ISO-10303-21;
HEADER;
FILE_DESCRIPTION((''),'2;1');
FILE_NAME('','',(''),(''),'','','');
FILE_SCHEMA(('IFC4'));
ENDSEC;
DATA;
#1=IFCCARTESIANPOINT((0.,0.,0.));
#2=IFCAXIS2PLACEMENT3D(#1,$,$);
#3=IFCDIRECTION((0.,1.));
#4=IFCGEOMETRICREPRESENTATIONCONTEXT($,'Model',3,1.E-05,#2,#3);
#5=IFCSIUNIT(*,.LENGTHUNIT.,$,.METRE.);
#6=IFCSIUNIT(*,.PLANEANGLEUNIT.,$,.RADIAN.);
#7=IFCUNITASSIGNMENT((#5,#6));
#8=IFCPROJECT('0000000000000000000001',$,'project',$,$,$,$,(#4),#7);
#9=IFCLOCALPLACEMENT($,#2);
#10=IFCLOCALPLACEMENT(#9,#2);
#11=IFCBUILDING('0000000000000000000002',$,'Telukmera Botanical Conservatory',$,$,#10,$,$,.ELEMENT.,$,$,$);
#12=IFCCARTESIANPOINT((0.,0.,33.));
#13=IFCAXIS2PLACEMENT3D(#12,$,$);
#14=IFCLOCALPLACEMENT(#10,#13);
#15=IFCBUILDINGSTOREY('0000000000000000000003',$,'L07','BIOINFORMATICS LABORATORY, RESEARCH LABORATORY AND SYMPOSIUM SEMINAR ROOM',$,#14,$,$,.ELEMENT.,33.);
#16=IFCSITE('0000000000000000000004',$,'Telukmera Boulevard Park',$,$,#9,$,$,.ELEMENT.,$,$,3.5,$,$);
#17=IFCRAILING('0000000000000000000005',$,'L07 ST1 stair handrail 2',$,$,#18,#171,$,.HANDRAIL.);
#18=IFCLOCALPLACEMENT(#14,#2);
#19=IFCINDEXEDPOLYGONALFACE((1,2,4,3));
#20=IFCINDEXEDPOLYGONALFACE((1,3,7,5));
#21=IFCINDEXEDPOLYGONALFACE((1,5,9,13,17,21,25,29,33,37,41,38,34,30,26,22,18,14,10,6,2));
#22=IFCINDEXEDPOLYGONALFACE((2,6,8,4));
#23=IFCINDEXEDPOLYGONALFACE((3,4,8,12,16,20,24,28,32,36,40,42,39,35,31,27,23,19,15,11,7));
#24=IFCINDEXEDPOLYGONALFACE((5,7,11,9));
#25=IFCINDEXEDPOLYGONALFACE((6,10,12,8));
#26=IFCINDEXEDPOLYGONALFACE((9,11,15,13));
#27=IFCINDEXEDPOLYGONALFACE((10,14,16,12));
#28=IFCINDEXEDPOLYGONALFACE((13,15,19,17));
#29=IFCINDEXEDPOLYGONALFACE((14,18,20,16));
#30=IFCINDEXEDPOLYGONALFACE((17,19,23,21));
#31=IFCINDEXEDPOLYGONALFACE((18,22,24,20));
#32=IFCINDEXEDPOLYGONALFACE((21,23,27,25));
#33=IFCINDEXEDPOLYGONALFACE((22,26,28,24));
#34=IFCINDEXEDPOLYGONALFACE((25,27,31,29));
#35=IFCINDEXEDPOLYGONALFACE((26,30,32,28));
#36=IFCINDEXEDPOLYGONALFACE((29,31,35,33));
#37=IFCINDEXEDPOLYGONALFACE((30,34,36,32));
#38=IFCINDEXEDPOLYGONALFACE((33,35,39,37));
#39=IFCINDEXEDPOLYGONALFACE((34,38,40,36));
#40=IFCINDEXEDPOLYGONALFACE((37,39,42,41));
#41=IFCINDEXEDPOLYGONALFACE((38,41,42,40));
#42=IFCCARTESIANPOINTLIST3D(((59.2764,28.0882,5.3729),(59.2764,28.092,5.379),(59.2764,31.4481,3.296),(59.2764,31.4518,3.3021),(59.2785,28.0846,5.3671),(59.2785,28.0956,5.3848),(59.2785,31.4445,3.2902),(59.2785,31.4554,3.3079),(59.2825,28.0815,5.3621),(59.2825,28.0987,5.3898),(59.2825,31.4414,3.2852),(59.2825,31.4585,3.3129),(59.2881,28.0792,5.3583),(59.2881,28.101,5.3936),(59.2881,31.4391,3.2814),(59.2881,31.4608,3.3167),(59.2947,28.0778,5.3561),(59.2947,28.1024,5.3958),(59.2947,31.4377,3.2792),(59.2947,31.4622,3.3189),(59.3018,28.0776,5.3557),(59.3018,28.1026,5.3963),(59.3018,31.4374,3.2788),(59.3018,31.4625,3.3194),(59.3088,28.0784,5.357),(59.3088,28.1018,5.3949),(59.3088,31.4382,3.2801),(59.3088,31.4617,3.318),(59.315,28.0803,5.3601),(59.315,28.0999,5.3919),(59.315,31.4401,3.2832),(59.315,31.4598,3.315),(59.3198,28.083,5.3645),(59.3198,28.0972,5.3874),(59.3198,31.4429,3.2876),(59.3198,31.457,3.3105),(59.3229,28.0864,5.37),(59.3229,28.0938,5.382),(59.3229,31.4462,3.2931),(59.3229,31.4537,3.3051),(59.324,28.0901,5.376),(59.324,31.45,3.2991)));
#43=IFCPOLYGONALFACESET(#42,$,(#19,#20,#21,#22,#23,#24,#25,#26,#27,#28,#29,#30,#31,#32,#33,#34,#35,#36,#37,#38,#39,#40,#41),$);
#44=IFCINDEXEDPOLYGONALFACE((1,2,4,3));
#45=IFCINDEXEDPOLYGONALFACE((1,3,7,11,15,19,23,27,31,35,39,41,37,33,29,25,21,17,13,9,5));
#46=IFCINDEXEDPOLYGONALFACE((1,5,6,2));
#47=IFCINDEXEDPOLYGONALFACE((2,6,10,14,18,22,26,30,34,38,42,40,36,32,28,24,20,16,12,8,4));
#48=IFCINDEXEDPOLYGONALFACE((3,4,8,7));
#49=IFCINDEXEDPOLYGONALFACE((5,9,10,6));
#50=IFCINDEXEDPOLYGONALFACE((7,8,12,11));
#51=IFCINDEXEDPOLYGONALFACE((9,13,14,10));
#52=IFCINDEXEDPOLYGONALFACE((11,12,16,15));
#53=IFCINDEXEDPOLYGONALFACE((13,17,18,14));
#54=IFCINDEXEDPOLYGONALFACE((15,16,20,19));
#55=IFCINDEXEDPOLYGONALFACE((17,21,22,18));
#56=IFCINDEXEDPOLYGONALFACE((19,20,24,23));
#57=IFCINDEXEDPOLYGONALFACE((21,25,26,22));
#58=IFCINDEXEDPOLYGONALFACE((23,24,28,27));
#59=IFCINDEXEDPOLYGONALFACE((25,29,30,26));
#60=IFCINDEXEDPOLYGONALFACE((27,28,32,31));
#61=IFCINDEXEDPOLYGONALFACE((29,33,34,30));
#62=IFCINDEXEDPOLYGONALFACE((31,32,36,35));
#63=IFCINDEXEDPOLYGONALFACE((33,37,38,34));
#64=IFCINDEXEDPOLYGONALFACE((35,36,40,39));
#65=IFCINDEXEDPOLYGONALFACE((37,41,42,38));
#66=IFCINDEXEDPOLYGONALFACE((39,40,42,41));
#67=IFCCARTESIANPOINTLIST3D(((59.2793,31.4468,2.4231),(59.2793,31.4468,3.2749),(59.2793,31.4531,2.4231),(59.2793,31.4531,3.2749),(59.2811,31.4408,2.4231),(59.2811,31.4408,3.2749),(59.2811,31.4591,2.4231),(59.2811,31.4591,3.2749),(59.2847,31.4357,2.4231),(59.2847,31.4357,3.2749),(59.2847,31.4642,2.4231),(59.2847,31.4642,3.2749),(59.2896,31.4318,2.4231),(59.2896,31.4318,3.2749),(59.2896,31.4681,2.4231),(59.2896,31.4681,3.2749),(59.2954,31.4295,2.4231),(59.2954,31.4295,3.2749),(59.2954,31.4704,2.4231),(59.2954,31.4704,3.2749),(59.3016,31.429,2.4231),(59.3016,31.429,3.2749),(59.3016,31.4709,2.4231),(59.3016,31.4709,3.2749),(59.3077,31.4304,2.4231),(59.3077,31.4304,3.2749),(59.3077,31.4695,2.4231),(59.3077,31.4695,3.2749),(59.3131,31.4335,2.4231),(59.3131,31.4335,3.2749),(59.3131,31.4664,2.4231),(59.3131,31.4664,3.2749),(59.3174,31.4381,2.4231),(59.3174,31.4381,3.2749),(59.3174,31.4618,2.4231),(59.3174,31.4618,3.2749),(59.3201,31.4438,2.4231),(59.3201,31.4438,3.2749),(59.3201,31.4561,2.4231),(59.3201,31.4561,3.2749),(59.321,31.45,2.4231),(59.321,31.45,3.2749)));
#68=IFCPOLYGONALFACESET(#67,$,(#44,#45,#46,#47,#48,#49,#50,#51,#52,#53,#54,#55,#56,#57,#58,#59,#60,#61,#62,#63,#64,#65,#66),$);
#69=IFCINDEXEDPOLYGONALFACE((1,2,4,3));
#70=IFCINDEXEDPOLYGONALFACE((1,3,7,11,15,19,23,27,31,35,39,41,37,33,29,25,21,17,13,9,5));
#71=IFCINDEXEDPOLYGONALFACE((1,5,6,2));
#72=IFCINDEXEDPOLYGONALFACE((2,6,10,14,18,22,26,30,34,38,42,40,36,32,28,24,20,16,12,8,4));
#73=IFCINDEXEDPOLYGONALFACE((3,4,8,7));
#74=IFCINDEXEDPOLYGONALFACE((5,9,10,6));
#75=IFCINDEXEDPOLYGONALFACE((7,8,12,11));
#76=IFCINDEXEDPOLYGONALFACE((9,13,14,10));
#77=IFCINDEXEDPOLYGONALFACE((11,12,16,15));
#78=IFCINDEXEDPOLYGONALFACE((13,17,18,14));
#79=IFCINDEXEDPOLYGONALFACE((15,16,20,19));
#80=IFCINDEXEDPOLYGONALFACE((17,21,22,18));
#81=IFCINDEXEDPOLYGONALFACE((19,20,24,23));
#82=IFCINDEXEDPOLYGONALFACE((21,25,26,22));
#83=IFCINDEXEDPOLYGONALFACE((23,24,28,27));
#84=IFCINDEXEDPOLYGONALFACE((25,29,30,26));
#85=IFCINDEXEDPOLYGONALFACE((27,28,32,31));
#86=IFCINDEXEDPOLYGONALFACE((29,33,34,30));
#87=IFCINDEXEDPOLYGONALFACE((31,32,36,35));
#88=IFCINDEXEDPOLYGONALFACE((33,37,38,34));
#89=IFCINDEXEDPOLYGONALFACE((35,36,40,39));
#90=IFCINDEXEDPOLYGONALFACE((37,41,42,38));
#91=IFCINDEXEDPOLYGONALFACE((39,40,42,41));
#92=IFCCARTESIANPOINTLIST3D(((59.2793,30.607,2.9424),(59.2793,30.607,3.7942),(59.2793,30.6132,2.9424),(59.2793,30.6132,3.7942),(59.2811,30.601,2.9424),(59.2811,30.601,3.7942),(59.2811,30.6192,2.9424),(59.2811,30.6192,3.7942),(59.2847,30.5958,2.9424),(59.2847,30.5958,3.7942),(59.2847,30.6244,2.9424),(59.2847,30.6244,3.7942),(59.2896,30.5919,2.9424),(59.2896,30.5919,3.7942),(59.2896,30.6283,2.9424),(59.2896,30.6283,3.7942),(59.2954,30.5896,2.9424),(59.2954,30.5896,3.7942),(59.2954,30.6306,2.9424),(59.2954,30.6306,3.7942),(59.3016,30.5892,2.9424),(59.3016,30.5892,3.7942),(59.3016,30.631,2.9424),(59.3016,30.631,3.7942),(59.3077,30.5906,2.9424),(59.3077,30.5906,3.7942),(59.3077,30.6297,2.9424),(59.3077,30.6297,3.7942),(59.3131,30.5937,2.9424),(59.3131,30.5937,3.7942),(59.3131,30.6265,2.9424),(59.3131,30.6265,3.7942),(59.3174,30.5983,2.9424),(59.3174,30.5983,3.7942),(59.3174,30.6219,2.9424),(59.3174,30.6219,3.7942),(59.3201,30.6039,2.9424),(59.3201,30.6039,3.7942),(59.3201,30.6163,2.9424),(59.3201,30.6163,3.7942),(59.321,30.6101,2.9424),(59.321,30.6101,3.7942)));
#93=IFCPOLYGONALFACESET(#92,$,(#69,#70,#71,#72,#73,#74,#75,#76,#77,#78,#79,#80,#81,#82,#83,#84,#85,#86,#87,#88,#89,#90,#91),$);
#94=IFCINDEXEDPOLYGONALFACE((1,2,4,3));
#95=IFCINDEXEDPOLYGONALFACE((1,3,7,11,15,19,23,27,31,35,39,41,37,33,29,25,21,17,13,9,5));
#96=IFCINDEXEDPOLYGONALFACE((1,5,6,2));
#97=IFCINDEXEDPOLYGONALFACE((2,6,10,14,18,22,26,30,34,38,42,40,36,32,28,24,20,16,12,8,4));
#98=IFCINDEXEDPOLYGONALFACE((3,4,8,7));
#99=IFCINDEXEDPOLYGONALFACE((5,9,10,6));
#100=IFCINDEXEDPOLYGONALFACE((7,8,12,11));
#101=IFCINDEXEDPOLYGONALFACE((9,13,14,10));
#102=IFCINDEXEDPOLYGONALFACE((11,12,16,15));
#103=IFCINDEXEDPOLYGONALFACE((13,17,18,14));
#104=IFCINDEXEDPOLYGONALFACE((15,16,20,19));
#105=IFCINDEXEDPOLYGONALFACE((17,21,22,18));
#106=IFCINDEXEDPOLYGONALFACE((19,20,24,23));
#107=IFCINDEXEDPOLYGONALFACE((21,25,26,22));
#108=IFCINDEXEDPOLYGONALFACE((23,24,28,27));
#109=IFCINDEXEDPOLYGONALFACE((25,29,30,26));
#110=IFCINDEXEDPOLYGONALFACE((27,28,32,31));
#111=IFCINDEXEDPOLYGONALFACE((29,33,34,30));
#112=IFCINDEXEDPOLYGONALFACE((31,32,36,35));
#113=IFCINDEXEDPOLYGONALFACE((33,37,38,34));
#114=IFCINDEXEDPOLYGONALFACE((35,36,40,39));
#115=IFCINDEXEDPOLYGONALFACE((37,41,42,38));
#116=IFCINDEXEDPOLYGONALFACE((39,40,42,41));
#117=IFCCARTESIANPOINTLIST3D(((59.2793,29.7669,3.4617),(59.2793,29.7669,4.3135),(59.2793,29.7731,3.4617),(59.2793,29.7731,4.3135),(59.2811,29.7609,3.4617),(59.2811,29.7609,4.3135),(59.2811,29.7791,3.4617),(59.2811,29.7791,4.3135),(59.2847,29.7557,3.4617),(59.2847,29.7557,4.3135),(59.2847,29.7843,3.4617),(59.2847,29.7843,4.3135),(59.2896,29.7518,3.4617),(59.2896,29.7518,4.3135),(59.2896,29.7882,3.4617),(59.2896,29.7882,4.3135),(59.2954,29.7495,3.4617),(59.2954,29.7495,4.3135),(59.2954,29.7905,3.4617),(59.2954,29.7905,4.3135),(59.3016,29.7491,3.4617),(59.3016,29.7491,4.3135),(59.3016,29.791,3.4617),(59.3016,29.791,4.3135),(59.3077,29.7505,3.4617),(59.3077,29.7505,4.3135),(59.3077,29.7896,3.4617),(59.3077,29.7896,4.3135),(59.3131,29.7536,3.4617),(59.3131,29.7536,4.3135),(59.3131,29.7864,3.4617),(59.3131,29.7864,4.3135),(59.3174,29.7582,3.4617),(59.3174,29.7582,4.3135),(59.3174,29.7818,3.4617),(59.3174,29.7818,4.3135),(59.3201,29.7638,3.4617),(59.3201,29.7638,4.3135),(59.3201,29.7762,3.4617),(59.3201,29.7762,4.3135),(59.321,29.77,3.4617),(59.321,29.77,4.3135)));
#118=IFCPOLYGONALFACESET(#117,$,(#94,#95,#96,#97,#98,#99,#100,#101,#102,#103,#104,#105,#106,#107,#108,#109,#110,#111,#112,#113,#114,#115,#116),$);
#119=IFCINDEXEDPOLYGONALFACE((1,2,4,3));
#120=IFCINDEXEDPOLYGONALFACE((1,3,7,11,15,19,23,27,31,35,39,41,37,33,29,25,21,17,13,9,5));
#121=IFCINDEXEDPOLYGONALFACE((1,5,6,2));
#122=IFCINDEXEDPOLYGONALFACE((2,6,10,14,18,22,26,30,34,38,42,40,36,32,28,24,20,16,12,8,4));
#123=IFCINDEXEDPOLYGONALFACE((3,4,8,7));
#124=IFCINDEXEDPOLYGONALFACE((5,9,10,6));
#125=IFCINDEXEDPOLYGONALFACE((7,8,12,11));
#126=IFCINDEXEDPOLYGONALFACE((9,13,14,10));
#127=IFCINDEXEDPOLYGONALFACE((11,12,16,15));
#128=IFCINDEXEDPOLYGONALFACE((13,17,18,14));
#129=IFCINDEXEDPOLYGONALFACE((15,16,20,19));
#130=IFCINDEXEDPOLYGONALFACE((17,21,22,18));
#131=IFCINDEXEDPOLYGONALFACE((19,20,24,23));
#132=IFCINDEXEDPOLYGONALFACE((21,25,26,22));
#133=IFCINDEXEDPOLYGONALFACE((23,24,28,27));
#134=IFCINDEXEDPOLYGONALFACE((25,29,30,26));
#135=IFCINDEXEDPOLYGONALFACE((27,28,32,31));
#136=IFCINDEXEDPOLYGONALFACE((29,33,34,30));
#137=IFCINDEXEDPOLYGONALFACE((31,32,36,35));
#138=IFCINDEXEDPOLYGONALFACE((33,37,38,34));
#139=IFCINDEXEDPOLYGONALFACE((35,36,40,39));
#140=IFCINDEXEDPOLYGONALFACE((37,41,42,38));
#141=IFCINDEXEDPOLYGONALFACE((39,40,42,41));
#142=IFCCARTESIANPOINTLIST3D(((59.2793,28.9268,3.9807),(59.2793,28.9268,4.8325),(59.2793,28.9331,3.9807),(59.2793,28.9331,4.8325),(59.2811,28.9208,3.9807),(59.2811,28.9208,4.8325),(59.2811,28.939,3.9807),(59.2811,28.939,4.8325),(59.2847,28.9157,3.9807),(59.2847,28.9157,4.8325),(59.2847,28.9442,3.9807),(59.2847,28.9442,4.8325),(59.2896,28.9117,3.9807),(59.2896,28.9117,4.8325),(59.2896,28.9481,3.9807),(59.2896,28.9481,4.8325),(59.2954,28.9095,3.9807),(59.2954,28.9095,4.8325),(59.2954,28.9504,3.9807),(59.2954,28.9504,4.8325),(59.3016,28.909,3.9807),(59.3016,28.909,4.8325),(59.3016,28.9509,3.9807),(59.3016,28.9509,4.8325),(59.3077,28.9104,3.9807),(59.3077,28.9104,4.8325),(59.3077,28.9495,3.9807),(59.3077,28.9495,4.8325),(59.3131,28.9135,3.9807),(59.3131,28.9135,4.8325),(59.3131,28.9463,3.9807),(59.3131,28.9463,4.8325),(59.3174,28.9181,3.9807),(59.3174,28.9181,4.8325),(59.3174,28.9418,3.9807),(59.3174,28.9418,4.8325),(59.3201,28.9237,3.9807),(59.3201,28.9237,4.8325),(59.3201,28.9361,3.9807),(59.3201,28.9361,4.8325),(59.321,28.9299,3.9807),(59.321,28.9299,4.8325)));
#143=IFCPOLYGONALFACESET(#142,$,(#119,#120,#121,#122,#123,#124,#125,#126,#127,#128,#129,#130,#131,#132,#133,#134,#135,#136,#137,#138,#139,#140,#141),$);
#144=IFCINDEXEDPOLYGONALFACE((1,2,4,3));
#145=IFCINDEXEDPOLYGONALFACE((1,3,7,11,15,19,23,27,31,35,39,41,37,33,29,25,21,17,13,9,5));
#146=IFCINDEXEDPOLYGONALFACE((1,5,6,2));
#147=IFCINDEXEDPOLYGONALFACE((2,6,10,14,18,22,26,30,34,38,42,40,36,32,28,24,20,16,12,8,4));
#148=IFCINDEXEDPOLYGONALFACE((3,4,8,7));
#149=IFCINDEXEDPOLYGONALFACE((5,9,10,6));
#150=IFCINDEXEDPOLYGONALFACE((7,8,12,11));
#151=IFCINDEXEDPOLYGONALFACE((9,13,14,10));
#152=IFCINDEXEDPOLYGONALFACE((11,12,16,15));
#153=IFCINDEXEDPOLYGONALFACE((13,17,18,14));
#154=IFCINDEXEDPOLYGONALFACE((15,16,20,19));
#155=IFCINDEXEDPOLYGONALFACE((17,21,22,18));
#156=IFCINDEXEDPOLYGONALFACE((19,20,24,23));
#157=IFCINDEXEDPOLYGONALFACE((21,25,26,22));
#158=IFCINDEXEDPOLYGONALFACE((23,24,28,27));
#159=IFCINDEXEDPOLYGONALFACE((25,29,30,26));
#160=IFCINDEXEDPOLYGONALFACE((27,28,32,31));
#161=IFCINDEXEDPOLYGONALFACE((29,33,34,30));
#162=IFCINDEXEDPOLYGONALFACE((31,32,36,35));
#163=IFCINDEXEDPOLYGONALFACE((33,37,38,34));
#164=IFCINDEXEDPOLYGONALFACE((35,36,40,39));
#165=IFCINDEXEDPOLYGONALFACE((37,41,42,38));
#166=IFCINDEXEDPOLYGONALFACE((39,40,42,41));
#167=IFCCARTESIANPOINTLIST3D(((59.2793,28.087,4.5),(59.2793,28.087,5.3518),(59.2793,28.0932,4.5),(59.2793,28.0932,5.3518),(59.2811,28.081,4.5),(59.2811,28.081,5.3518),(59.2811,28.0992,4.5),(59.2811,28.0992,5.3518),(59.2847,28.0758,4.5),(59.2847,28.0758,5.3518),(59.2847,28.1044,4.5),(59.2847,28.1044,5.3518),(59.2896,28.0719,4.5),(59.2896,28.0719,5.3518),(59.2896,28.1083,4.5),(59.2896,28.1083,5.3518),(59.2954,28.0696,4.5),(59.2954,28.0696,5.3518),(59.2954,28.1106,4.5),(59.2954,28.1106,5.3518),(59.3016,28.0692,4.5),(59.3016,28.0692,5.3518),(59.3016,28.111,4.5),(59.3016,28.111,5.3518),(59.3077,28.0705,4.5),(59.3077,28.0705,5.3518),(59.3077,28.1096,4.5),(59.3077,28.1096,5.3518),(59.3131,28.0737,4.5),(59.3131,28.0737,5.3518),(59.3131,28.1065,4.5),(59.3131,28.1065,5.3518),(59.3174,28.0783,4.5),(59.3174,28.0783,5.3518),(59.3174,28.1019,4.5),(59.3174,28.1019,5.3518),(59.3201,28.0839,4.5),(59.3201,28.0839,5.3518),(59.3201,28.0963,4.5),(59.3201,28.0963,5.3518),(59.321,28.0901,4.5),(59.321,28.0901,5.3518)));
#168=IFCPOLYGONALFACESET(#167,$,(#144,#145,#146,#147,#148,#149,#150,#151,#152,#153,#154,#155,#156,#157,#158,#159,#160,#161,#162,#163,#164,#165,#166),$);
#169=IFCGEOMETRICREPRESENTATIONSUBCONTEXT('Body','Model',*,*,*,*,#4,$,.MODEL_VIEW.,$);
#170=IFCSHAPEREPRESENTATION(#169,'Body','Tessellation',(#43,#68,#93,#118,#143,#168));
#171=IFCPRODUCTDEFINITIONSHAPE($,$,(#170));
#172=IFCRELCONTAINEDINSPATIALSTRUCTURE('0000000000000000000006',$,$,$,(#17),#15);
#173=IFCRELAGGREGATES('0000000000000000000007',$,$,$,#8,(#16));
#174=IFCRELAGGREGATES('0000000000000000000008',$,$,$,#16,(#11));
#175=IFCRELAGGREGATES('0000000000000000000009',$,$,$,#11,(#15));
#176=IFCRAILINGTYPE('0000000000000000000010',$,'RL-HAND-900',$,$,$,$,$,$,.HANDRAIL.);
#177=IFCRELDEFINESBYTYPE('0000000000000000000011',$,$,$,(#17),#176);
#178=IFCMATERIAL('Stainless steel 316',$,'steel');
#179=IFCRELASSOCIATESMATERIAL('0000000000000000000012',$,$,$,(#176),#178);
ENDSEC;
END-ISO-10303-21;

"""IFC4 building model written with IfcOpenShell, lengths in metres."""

from ifc_helpers import new_model, si_unit, direction, frame, origin, origin_2d, place, context, subcontext, project, spatial, circle, extrude, material, type_object, element, save


model = new_model("IFC4")

# Units and contexts
model_context = context("Model", 3, precision=1e-05, world=origin(), true_north=direction((0.0, 1.0)))
body_context = subcontext(model_context, "Body", "Model", "MODEL_VIEW")
ifc_project = project(units=[si_unit("LENGTHUNIT", "METRE"), si_unit("PLANEANGLEUNIT", "RADIAN")], contexts=[model_context])

# Site, building, storey
site_placement = place(None, origin())
site = spatial("IfcSite", under=ifc_project, at=site_placement, Name="Telukmera Boulevard Park", CompositionType="ELEMENT", RefElevation=3.5)
building_placement = place(site_placement, origin())
building = spatial("IfcBuilding", under=site, at=building_placement, Name="Telukmera Botanical Conservatory", CompositionType="ELEMENT")
storey_placement = place(building_placement, frame((0.0, 0.0, 33.0)))
storey = spatial("IfcBuildingStorey", under=building, at=storey_placement, Name="L07", Description="BIOINFORMATICS LABORATORY, RESEARCH LABORATORY AND SYMPOSIUM SEMINAR ROOM", CompositionType="ELEMENT", Elevation=33.0)

# Shared definitions
ifc_material_1 = material(Name="Stainless steel 316", Category="steel")

# Railing
railing_type_1 = type_object("IfcRailingType", Name="RL-HAND-900", PredefinedType="HANDRAIL", material=ifc_material_1)
railing_1_placement = place(storey_placement, frame((59.3, 31.45, 2.4231)))
element("IfcRailing", 1, at=railing_1_placement, inside=storey, type_object=railing_type_1, Name="L07 ST1 stair handrail 2", PredefinedType="HANDRAIL", context=body_context, shape_type="SweptSolid", body=[
    extrude(circle(Radius=0.0239, at=origin_2d()), frame((0.0, 0.0, 0.876), z_axis=(0.0, -0.850606, 0.525803), x_axis=(1.0, 0.0, 0.0)), (0.0, 0.0, 1.0), 3.95),
    extrude(circle(Radius=0.021, at=origin_2d()), origin(), (0.0, 0.0, 1.0), 0.8518),
    extrude(circle(Radius=0.021, at=origin_2d()), frame((0.0, -0.8398, 0.5193)), (0.0, 0.0, 1.0), 0.8518),
    extrude(circle(Radius=0.021, at=origin_2d()), frame((0.0, -1.6799, 1.0386)), (0.0, 0.0, 1.0), 0.8518),
    extrude(circle(Radius=0.021, at=origin_2d()), frame((0.0, -2.52, 1.5576)), (0.0, 0.0, 1.0), 0.8518),
    extrude(circle(Radius=0.021, at=origin_2d()), frame((0.0, -3.3599, 2.0769)), (0.0, 0.0, 1.0), 0.8518),
])

save(model, "model.ifc")
